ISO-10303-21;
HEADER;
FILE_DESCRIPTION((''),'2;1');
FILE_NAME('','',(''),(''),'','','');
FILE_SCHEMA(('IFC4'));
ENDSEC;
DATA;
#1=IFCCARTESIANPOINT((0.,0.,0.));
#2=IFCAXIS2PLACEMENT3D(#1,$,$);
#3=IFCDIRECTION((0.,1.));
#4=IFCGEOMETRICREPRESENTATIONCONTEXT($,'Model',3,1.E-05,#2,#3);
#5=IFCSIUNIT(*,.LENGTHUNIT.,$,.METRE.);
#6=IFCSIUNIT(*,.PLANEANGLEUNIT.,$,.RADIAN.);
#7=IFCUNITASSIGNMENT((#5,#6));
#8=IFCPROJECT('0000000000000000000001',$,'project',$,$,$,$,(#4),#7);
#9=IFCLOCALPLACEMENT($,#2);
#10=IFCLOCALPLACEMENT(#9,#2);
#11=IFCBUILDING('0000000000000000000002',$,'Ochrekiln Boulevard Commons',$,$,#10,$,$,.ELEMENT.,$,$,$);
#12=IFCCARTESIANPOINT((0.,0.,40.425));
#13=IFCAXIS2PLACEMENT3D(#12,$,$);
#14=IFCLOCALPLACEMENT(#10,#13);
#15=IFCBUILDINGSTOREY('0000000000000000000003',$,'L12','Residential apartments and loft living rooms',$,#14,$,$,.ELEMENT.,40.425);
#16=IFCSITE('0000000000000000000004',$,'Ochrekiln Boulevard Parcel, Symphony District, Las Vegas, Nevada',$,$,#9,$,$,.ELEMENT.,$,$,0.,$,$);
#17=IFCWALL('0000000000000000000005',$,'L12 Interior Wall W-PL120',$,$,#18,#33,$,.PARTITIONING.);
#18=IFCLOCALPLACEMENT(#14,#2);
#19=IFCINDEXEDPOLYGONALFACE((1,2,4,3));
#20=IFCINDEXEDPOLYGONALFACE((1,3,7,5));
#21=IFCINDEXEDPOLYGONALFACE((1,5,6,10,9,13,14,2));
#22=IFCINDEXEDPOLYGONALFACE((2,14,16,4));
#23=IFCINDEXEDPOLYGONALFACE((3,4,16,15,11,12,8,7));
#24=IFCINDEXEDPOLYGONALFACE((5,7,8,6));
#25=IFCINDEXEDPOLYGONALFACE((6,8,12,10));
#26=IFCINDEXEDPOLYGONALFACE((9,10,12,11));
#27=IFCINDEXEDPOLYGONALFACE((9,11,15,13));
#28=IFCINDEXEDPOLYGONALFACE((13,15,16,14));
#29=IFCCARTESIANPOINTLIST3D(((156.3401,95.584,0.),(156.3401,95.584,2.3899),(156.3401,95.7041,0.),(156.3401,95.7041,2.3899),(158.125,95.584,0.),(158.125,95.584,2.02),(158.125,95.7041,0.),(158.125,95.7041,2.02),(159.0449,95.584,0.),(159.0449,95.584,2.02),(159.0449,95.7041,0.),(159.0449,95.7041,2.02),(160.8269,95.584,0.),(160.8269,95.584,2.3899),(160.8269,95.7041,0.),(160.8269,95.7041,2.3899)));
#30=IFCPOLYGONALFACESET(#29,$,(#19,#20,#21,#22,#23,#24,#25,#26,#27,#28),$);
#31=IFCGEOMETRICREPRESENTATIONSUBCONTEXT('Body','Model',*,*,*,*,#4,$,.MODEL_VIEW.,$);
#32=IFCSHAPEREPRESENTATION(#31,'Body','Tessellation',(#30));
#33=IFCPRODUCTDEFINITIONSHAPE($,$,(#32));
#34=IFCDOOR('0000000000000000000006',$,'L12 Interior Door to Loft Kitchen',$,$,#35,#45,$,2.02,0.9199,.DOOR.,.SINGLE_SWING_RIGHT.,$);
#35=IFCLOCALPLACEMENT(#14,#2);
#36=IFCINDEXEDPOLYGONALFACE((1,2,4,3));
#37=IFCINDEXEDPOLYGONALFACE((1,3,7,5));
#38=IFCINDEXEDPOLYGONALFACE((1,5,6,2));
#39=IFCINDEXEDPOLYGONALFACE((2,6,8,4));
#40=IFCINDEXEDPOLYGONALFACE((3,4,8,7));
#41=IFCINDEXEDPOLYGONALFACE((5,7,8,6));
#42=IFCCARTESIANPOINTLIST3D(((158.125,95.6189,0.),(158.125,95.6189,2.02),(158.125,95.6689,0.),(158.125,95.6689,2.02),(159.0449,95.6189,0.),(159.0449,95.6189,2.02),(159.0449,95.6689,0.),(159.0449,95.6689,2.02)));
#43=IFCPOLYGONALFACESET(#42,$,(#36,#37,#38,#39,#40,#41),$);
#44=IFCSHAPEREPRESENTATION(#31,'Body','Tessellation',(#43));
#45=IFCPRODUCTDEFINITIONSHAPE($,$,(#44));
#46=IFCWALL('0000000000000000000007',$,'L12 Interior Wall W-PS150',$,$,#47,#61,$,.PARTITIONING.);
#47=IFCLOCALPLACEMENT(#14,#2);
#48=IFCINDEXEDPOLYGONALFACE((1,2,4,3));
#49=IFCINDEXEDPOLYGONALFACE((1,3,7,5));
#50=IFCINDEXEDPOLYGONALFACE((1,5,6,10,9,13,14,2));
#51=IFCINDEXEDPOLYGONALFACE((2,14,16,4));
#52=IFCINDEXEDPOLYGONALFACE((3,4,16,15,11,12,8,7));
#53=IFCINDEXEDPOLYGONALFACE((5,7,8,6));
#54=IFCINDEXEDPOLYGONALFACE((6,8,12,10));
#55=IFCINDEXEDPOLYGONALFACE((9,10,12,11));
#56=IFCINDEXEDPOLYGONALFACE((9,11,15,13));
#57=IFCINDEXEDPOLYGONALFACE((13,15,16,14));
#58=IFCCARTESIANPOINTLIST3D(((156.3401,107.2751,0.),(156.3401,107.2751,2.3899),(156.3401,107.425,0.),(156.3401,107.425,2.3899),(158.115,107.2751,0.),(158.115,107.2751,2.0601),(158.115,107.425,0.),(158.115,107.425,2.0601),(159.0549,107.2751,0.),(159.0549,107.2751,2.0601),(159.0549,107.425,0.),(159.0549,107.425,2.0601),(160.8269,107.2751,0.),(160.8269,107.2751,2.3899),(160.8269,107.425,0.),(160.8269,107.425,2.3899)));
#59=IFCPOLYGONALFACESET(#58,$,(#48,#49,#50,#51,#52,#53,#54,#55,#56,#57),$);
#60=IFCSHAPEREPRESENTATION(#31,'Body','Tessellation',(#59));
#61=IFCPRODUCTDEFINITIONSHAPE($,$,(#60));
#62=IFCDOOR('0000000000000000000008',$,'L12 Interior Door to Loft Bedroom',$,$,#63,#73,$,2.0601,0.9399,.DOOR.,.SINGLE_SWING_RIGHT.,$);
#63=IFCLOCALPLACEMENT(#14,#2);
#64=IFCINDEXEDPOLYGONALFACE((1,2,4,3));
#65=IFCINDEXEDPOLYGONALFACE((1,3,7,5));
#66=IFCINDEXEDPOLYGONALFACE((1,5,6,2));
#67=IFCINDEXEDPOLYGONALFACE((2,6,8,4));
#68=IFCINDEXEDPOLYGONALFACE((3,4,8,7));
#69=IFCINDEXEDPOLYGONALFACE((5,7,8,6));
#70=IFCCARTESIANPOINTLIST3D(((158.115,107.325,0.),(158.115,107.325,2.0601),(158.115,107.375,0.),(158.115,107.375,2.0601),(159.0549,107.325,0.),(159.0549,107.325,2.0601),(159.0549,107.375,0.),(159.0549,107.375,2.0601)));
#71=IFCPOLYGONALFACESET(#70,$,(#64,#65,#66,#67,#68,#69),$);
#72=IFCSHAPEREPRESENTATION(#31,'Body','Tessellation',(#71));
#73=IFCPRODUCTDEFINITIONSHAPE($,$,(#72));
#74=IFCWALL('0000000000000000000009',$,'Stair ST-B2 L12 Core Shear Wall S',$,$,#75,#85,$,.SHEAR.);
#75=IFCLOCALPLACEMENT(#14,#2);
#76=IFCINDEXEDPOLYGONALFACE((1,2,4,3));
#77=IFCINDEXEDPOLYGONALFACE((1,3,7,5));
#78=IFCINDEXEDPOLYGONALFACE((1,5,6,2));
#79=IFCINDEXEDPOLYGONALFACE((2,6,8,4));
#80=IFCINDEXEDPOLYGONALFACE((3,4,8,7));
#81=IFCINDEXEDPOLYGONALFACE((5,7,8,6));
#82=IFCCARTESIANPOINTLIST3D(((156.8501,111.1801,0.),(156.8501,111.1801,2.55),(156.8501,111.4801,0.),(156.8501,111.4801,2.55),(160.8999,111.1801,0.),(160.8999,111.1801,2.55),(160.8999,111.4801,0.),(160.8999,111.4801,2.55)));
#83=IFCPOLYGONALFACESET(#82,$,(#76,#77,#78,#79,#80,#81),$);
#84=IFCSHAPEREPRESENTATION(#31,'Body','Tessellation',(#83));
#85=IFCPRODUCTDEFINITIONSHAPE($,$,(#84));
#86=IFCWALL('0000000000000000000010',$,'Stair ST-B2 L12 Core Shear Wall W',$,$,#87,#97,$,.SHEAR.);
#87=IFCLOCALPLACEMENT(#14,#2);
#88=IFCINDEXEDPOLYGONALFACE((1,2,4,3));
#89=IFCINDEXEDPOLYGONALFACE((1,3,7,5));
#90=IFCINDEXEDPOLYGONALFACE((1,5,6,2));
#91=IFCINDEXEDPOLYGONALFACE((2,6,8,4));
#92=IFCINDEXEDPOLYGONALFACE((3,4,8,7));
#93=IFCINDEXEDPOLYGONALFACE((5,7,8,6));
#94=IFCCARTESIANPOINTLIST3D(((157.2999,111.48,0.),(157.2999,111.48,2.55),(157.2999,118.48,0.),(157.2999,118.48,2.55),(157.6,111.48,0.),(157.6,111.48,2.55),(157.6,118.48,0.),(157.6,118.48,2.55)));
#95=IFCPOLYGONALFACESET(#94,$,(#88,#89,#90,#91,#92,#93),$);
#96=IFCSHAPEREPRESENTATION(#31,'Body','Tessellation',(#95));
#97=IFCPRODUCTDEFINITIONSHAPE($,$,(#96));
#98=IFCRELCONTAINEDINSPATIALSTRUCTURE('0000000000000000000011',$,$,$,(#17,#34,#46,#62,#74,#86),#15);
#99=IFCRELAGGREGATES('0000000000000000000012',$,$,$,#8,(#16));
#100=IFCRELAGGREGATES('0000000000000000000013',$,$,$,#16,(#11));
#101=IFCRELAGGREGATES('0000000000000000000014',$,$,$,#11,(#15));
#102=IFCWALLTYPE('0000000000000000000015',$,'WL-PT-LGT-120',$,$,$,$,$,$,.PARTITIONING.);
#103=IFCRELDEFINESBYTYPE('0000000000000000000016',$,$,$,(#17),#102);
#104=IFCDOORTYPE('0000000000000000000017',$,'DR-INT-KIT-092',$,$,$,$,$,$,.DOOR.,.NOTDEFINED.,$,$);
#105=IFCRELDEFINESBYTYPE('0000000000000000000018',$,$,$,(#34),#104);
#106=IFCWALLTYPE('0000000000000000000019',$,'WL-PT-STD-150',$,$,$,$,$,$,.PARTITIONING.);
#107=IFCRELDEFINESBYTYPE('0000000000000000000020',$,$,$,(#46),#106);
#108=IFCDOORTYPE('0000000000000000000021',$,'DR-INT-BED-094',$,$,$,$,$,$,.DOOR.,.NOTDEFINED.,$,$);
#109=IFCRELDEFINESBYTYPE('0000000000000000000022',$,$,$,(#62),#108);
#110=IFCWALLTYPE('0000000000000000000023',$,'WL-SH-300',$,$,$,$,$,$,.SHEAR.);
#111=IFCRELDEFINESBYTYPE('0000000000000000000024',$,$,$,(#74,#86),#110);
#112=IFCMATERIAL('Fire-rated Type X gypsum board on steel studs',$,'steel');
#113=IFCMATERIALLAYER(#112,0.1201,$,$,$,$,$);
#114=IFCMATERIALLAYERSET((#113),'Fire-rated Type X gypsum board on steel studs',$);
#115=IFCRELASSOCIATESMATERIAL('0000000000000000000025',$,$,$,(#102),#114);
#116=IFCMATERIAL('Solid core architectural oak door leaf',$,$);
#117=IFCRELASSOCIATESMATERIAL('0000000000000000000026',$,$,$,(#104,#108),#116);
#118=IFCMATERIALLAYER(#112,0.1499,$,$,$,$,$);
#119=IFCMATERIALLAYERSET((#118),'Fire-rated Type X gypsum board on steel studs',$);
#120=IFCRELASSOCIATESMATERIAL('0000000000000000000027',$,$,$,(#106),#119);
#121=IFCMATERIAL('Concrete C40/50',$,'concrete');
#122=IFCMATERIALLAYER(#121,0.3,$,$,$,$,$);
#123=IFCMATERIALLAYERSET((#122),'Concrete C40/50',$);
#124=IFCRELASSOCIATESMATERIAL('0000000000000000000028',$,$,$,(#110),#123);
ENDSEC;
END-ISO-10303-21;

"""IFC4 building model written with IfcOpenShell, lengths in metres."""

from ifc_helpers import new_model, si_unit, direction, frame, frame_2d, origin, place, context, subcontext, project, spatial, rectangle, extrude, material, layer, layer_set, type_object, element, fill, save


model = new_model("IFC4")

# Units and contexts
model_context = context("Model", 3, precision=1e-05, world=origin(), true_north=direction((0.0, 1.0)))
body_context = subcontext(model_context, "Body", "Model", "MODEL_VIEW")
ifc_project = project(units=[si_unit("LENGTHUNIT", "METRE"), si_unit("PLANEANGLEUNIT", "RADIAN")], contexts=[model_context])

# Site, building, storey
site_placement = place(None, origin())
site = spatial("IfcSite", under=ifc_project, at=site_placement, Name="Ochrekiln Boulevard Parcel, Symphony District, Las Vegas, Nevada", CompositionType="ELEMENT", RefElevation=0.0)
building_placement = place(site_placement, origin())
building = spatial("IfcBuilding", under=site, at=building_placement, Name="Ochrekiln Boulevard Commons", CompositionType="ELEMENT")
storey_placement = place(building_placement, frame((0.0, 0.0, 40.425)))
storey = spatial("IfcBuildingStorey", under=building, at=storey_placement, Name="L12", Description="Residential apartments and loft living rooms", CompositionType="ELEMENT", Elevation=40.425)

# Shared definitions
ifc_material_1 = material(Name="Concrete C40/50", Category="concrete")

# Walls, openings, doors
ifc_material_2 = material(Name="Solid core architectural oak door leaf")
ifc_material_3 = material(Name="Fire-rated Type X gypsum board on steel studs", Category="steel")
ifc_layer_1 = layer(ifc_material_3, 0.1201)
ifc_layer_set_1 = layer_set([ifc_layer_1], Name="Fire-rated Type X gypsum board on steel studs")
wall_type_1 = type_object("IfcWallType", Name="WL-PT-LGT-120", PredefinedType="PARTITIONING", material=ifc_layer_set_1)
wall_1_placement = place(storey_placement, frame((156.3401, 95.644, 0.0), z_axis=(0.0, 0.0, 1.0), x_axis=(1.0, 0.0, 0.0)))
wall_1 = element("IfcWall", 1, at=wall_1_placement, inside=storey, type_object=wall_type_1, Name="L12 Interior Wall W-PL120", PredefinedType="PARTITIONING", context=body_context, shape_type="SweptSolid", body=[
    extrude(rectangle(XDim=4.4868, YDim=0.1201, at=frame_2d((2.2434, 0.0))), origin(), (0.0, 0.0, 1.0), 2.3899),
])
opening_1_placement = place(wall_1_placement, frame((1.7849, 0.0, 0.0)))
opening_1 = element("IfcOpeningElement", 2, at=opening_1_placement, cuts=wall_1, PredefinedType="OPENING", context=body_context, shape_type="SweptSolid", body=[
    extrude(rectangle(XDim=0.9199, YDim=2.02, at=frame_2d((0.46, 1.01))), frame((0.0, 0.0701, 0.0), z_axis=(0.0, -1.0, 0.0), x_axis=(1.0, 0.0, 0.0)), (0.0, 0.0, 1.0), 0.1401),
])
door_type_1 = type_object("IfcDoorType", Name="DR-INT-KIT-092", OperationType="NOTDEFINED", PredefinedType="DOOR", material=ifc_material_2)
door_1_placement = place(opening_1_placement, origin())
door_1 = element("IfcDoor", 3, at=door_1_placement, inside=storey, type_object=door_type_1, Name="L12 Interior Door to Loft Kitchen", OperationType="SINGLE_SWING_RIGHT", OverallHeight=2.02, OverallWidth=0.9199, PredefinedType="DOOR", context=body_context, shape_type="SweptSolid", body=[
    extrude(rectangle(XDim=0.9199, YDim=2.02, at=frame_2d((0.46, 1.01))), frame((0.0, 0.0249, 0.0), z_axis=(0.0, -1.0, 0.0), x_axis=(1.0, 0.0, 0.0)), (0.0, 0.0, 1.0), 0.05),
])
fill(opening_1, door_1)
ifc_layer_2 = layer(ifc_material_3, 0.1499)
ifc_layer_set_2 = layer_set([ifc_layer_2], Name="Fire-rated Type X gypsum board on steel studs")
wall_type_2 = type_object("IfcWallType", Name="WL-PT-STD-150", PredefinedType="PARTITIONING", material=ifc_layer_set_2)
wall_2_placement = place(storey_placement, frame((156.3401, 107.3501, 0.0), z_axis=(0.0, 0.0, 1.0), x_axis=(1.0, 0.0, 0.0)))
wall_2 = element("IfcWall", 4, at=wall_2_placement, inside=storey, type_object=wall_type_2, Name="L12 Interior Wall W-PS150", PredefinedType="PARTITIONING", context=body_context, shape_type="SweptSolid", body=[
    extrude(rectangle(XDim=4.4868, YDim=0.1499, at=frame_2d((2.2434, 0.0))), origin(), (0.0, 0.0, 1.0), 2.3899),
])
opening_2_placement = place(wall_2_placement, frame((1.7749, 0.0, 0.0)))
opening_2 = element("IfcOpeningElement", 5, at=opening_2_placement, cuts=wall_2, PredefinedType="OPENING", context=body_context, shape_type="SweptSolid", body=[
    extrude(rectangle(XDim=0.9399, YDim=2.0601, at=frame_2d((0.47, 1.03))), frame((0.0, 0.085, 0.0), z_axis=(0.0, -1.0, 0.0), x_axis=(1.0, 0.0, 0.0)), (0.0, 0.0, 1.0), 0.1699),
])
door_type_2 = type_object("IfcDoorType", Name="DR-INT-BED-094", OperationType="NOTDEFINED", PredefinedType="DOOR", material=ifc_material_2)
door_2_placement = place(opening_2_placement, origin())
door_2 = element("IfcDoor", 6, at=door_2_placement, inside=storey, type_object=door_type_2, Name="L12 Interior Door to Loft Bedroom", OperationType="SINGLE_SWING_RIGHT", OverallHeight=2.0601, OverallWidth=0.9399, PredefinedType="DOOR", context=body_context, shape_type="SweptSolid", body=[
    extrude(rectangle(XDim=0.9399, YDim=2.0601, at=frame_2d((0.47, 1.03))), frame((0.0, 0.0249, 0.0), z_axis=(0.0, -1.0, 0.0), x_axis=(1.0, 0.0, 0.0)), (0.0, 0.0, 1.0), 0.05),
])
fill(opening_2, door_2)

# Walls
ifc_layer_3 = layer(ifc_material_1, 0.3)
ifc_layer_set_3 = layer_set([ifc_layer_3], Name="Concrete C40/50")
wall_type_3 = type_object("IfcWallType", Name="WL-SH-300", PredefinedType="SHEAR", material=ifc_layer_set_3)
wall_3_placement = place(storey_placement, frame((156.8501, 111.3301, 0.0), z_axis=(0.0, 0.0, 1.0), x_axis=(1.0, 0.0, 0.0)))
element("IfcWall", 7, at=wall_3_placement, inside=storey, type_object=wall_type_3, Name="Stair ST-B2 L12 Core Shear Wall S", PredefinedType="SHEAR", context=body_context, shape_type="SweptSolid", body=[
    extrude(rectangle(XDim=4.0498, YDim=0.3, at=frame_2d((2.0249, 0.0))), origin(), (0.0, 0.0, 1.0), 2.55),
])
wall_4_placement = place(storey_placement, frame((157.45, 111.48, 0.0), z_axis=(0.0, 0.0, 1.0), x_axis=(0.0, 1.0, 0.0)))
element("IfcWall", 8, at=wall_4_placement, inside=storey, type_object=wall_type_3, Name="Stair ST-B2 L12 Core Shear Wall W", PredefinedType="SHEAR", context=body_context, shape_type="SweptSolid", body=[
    extrude(rectangle(XDim=7.0, YDim=0.3, at=frame_2d((3.5, 0.0))), origin(), (0.0, 0.0, 1.0), 2.55),
])

save(model, "model.ifc")
